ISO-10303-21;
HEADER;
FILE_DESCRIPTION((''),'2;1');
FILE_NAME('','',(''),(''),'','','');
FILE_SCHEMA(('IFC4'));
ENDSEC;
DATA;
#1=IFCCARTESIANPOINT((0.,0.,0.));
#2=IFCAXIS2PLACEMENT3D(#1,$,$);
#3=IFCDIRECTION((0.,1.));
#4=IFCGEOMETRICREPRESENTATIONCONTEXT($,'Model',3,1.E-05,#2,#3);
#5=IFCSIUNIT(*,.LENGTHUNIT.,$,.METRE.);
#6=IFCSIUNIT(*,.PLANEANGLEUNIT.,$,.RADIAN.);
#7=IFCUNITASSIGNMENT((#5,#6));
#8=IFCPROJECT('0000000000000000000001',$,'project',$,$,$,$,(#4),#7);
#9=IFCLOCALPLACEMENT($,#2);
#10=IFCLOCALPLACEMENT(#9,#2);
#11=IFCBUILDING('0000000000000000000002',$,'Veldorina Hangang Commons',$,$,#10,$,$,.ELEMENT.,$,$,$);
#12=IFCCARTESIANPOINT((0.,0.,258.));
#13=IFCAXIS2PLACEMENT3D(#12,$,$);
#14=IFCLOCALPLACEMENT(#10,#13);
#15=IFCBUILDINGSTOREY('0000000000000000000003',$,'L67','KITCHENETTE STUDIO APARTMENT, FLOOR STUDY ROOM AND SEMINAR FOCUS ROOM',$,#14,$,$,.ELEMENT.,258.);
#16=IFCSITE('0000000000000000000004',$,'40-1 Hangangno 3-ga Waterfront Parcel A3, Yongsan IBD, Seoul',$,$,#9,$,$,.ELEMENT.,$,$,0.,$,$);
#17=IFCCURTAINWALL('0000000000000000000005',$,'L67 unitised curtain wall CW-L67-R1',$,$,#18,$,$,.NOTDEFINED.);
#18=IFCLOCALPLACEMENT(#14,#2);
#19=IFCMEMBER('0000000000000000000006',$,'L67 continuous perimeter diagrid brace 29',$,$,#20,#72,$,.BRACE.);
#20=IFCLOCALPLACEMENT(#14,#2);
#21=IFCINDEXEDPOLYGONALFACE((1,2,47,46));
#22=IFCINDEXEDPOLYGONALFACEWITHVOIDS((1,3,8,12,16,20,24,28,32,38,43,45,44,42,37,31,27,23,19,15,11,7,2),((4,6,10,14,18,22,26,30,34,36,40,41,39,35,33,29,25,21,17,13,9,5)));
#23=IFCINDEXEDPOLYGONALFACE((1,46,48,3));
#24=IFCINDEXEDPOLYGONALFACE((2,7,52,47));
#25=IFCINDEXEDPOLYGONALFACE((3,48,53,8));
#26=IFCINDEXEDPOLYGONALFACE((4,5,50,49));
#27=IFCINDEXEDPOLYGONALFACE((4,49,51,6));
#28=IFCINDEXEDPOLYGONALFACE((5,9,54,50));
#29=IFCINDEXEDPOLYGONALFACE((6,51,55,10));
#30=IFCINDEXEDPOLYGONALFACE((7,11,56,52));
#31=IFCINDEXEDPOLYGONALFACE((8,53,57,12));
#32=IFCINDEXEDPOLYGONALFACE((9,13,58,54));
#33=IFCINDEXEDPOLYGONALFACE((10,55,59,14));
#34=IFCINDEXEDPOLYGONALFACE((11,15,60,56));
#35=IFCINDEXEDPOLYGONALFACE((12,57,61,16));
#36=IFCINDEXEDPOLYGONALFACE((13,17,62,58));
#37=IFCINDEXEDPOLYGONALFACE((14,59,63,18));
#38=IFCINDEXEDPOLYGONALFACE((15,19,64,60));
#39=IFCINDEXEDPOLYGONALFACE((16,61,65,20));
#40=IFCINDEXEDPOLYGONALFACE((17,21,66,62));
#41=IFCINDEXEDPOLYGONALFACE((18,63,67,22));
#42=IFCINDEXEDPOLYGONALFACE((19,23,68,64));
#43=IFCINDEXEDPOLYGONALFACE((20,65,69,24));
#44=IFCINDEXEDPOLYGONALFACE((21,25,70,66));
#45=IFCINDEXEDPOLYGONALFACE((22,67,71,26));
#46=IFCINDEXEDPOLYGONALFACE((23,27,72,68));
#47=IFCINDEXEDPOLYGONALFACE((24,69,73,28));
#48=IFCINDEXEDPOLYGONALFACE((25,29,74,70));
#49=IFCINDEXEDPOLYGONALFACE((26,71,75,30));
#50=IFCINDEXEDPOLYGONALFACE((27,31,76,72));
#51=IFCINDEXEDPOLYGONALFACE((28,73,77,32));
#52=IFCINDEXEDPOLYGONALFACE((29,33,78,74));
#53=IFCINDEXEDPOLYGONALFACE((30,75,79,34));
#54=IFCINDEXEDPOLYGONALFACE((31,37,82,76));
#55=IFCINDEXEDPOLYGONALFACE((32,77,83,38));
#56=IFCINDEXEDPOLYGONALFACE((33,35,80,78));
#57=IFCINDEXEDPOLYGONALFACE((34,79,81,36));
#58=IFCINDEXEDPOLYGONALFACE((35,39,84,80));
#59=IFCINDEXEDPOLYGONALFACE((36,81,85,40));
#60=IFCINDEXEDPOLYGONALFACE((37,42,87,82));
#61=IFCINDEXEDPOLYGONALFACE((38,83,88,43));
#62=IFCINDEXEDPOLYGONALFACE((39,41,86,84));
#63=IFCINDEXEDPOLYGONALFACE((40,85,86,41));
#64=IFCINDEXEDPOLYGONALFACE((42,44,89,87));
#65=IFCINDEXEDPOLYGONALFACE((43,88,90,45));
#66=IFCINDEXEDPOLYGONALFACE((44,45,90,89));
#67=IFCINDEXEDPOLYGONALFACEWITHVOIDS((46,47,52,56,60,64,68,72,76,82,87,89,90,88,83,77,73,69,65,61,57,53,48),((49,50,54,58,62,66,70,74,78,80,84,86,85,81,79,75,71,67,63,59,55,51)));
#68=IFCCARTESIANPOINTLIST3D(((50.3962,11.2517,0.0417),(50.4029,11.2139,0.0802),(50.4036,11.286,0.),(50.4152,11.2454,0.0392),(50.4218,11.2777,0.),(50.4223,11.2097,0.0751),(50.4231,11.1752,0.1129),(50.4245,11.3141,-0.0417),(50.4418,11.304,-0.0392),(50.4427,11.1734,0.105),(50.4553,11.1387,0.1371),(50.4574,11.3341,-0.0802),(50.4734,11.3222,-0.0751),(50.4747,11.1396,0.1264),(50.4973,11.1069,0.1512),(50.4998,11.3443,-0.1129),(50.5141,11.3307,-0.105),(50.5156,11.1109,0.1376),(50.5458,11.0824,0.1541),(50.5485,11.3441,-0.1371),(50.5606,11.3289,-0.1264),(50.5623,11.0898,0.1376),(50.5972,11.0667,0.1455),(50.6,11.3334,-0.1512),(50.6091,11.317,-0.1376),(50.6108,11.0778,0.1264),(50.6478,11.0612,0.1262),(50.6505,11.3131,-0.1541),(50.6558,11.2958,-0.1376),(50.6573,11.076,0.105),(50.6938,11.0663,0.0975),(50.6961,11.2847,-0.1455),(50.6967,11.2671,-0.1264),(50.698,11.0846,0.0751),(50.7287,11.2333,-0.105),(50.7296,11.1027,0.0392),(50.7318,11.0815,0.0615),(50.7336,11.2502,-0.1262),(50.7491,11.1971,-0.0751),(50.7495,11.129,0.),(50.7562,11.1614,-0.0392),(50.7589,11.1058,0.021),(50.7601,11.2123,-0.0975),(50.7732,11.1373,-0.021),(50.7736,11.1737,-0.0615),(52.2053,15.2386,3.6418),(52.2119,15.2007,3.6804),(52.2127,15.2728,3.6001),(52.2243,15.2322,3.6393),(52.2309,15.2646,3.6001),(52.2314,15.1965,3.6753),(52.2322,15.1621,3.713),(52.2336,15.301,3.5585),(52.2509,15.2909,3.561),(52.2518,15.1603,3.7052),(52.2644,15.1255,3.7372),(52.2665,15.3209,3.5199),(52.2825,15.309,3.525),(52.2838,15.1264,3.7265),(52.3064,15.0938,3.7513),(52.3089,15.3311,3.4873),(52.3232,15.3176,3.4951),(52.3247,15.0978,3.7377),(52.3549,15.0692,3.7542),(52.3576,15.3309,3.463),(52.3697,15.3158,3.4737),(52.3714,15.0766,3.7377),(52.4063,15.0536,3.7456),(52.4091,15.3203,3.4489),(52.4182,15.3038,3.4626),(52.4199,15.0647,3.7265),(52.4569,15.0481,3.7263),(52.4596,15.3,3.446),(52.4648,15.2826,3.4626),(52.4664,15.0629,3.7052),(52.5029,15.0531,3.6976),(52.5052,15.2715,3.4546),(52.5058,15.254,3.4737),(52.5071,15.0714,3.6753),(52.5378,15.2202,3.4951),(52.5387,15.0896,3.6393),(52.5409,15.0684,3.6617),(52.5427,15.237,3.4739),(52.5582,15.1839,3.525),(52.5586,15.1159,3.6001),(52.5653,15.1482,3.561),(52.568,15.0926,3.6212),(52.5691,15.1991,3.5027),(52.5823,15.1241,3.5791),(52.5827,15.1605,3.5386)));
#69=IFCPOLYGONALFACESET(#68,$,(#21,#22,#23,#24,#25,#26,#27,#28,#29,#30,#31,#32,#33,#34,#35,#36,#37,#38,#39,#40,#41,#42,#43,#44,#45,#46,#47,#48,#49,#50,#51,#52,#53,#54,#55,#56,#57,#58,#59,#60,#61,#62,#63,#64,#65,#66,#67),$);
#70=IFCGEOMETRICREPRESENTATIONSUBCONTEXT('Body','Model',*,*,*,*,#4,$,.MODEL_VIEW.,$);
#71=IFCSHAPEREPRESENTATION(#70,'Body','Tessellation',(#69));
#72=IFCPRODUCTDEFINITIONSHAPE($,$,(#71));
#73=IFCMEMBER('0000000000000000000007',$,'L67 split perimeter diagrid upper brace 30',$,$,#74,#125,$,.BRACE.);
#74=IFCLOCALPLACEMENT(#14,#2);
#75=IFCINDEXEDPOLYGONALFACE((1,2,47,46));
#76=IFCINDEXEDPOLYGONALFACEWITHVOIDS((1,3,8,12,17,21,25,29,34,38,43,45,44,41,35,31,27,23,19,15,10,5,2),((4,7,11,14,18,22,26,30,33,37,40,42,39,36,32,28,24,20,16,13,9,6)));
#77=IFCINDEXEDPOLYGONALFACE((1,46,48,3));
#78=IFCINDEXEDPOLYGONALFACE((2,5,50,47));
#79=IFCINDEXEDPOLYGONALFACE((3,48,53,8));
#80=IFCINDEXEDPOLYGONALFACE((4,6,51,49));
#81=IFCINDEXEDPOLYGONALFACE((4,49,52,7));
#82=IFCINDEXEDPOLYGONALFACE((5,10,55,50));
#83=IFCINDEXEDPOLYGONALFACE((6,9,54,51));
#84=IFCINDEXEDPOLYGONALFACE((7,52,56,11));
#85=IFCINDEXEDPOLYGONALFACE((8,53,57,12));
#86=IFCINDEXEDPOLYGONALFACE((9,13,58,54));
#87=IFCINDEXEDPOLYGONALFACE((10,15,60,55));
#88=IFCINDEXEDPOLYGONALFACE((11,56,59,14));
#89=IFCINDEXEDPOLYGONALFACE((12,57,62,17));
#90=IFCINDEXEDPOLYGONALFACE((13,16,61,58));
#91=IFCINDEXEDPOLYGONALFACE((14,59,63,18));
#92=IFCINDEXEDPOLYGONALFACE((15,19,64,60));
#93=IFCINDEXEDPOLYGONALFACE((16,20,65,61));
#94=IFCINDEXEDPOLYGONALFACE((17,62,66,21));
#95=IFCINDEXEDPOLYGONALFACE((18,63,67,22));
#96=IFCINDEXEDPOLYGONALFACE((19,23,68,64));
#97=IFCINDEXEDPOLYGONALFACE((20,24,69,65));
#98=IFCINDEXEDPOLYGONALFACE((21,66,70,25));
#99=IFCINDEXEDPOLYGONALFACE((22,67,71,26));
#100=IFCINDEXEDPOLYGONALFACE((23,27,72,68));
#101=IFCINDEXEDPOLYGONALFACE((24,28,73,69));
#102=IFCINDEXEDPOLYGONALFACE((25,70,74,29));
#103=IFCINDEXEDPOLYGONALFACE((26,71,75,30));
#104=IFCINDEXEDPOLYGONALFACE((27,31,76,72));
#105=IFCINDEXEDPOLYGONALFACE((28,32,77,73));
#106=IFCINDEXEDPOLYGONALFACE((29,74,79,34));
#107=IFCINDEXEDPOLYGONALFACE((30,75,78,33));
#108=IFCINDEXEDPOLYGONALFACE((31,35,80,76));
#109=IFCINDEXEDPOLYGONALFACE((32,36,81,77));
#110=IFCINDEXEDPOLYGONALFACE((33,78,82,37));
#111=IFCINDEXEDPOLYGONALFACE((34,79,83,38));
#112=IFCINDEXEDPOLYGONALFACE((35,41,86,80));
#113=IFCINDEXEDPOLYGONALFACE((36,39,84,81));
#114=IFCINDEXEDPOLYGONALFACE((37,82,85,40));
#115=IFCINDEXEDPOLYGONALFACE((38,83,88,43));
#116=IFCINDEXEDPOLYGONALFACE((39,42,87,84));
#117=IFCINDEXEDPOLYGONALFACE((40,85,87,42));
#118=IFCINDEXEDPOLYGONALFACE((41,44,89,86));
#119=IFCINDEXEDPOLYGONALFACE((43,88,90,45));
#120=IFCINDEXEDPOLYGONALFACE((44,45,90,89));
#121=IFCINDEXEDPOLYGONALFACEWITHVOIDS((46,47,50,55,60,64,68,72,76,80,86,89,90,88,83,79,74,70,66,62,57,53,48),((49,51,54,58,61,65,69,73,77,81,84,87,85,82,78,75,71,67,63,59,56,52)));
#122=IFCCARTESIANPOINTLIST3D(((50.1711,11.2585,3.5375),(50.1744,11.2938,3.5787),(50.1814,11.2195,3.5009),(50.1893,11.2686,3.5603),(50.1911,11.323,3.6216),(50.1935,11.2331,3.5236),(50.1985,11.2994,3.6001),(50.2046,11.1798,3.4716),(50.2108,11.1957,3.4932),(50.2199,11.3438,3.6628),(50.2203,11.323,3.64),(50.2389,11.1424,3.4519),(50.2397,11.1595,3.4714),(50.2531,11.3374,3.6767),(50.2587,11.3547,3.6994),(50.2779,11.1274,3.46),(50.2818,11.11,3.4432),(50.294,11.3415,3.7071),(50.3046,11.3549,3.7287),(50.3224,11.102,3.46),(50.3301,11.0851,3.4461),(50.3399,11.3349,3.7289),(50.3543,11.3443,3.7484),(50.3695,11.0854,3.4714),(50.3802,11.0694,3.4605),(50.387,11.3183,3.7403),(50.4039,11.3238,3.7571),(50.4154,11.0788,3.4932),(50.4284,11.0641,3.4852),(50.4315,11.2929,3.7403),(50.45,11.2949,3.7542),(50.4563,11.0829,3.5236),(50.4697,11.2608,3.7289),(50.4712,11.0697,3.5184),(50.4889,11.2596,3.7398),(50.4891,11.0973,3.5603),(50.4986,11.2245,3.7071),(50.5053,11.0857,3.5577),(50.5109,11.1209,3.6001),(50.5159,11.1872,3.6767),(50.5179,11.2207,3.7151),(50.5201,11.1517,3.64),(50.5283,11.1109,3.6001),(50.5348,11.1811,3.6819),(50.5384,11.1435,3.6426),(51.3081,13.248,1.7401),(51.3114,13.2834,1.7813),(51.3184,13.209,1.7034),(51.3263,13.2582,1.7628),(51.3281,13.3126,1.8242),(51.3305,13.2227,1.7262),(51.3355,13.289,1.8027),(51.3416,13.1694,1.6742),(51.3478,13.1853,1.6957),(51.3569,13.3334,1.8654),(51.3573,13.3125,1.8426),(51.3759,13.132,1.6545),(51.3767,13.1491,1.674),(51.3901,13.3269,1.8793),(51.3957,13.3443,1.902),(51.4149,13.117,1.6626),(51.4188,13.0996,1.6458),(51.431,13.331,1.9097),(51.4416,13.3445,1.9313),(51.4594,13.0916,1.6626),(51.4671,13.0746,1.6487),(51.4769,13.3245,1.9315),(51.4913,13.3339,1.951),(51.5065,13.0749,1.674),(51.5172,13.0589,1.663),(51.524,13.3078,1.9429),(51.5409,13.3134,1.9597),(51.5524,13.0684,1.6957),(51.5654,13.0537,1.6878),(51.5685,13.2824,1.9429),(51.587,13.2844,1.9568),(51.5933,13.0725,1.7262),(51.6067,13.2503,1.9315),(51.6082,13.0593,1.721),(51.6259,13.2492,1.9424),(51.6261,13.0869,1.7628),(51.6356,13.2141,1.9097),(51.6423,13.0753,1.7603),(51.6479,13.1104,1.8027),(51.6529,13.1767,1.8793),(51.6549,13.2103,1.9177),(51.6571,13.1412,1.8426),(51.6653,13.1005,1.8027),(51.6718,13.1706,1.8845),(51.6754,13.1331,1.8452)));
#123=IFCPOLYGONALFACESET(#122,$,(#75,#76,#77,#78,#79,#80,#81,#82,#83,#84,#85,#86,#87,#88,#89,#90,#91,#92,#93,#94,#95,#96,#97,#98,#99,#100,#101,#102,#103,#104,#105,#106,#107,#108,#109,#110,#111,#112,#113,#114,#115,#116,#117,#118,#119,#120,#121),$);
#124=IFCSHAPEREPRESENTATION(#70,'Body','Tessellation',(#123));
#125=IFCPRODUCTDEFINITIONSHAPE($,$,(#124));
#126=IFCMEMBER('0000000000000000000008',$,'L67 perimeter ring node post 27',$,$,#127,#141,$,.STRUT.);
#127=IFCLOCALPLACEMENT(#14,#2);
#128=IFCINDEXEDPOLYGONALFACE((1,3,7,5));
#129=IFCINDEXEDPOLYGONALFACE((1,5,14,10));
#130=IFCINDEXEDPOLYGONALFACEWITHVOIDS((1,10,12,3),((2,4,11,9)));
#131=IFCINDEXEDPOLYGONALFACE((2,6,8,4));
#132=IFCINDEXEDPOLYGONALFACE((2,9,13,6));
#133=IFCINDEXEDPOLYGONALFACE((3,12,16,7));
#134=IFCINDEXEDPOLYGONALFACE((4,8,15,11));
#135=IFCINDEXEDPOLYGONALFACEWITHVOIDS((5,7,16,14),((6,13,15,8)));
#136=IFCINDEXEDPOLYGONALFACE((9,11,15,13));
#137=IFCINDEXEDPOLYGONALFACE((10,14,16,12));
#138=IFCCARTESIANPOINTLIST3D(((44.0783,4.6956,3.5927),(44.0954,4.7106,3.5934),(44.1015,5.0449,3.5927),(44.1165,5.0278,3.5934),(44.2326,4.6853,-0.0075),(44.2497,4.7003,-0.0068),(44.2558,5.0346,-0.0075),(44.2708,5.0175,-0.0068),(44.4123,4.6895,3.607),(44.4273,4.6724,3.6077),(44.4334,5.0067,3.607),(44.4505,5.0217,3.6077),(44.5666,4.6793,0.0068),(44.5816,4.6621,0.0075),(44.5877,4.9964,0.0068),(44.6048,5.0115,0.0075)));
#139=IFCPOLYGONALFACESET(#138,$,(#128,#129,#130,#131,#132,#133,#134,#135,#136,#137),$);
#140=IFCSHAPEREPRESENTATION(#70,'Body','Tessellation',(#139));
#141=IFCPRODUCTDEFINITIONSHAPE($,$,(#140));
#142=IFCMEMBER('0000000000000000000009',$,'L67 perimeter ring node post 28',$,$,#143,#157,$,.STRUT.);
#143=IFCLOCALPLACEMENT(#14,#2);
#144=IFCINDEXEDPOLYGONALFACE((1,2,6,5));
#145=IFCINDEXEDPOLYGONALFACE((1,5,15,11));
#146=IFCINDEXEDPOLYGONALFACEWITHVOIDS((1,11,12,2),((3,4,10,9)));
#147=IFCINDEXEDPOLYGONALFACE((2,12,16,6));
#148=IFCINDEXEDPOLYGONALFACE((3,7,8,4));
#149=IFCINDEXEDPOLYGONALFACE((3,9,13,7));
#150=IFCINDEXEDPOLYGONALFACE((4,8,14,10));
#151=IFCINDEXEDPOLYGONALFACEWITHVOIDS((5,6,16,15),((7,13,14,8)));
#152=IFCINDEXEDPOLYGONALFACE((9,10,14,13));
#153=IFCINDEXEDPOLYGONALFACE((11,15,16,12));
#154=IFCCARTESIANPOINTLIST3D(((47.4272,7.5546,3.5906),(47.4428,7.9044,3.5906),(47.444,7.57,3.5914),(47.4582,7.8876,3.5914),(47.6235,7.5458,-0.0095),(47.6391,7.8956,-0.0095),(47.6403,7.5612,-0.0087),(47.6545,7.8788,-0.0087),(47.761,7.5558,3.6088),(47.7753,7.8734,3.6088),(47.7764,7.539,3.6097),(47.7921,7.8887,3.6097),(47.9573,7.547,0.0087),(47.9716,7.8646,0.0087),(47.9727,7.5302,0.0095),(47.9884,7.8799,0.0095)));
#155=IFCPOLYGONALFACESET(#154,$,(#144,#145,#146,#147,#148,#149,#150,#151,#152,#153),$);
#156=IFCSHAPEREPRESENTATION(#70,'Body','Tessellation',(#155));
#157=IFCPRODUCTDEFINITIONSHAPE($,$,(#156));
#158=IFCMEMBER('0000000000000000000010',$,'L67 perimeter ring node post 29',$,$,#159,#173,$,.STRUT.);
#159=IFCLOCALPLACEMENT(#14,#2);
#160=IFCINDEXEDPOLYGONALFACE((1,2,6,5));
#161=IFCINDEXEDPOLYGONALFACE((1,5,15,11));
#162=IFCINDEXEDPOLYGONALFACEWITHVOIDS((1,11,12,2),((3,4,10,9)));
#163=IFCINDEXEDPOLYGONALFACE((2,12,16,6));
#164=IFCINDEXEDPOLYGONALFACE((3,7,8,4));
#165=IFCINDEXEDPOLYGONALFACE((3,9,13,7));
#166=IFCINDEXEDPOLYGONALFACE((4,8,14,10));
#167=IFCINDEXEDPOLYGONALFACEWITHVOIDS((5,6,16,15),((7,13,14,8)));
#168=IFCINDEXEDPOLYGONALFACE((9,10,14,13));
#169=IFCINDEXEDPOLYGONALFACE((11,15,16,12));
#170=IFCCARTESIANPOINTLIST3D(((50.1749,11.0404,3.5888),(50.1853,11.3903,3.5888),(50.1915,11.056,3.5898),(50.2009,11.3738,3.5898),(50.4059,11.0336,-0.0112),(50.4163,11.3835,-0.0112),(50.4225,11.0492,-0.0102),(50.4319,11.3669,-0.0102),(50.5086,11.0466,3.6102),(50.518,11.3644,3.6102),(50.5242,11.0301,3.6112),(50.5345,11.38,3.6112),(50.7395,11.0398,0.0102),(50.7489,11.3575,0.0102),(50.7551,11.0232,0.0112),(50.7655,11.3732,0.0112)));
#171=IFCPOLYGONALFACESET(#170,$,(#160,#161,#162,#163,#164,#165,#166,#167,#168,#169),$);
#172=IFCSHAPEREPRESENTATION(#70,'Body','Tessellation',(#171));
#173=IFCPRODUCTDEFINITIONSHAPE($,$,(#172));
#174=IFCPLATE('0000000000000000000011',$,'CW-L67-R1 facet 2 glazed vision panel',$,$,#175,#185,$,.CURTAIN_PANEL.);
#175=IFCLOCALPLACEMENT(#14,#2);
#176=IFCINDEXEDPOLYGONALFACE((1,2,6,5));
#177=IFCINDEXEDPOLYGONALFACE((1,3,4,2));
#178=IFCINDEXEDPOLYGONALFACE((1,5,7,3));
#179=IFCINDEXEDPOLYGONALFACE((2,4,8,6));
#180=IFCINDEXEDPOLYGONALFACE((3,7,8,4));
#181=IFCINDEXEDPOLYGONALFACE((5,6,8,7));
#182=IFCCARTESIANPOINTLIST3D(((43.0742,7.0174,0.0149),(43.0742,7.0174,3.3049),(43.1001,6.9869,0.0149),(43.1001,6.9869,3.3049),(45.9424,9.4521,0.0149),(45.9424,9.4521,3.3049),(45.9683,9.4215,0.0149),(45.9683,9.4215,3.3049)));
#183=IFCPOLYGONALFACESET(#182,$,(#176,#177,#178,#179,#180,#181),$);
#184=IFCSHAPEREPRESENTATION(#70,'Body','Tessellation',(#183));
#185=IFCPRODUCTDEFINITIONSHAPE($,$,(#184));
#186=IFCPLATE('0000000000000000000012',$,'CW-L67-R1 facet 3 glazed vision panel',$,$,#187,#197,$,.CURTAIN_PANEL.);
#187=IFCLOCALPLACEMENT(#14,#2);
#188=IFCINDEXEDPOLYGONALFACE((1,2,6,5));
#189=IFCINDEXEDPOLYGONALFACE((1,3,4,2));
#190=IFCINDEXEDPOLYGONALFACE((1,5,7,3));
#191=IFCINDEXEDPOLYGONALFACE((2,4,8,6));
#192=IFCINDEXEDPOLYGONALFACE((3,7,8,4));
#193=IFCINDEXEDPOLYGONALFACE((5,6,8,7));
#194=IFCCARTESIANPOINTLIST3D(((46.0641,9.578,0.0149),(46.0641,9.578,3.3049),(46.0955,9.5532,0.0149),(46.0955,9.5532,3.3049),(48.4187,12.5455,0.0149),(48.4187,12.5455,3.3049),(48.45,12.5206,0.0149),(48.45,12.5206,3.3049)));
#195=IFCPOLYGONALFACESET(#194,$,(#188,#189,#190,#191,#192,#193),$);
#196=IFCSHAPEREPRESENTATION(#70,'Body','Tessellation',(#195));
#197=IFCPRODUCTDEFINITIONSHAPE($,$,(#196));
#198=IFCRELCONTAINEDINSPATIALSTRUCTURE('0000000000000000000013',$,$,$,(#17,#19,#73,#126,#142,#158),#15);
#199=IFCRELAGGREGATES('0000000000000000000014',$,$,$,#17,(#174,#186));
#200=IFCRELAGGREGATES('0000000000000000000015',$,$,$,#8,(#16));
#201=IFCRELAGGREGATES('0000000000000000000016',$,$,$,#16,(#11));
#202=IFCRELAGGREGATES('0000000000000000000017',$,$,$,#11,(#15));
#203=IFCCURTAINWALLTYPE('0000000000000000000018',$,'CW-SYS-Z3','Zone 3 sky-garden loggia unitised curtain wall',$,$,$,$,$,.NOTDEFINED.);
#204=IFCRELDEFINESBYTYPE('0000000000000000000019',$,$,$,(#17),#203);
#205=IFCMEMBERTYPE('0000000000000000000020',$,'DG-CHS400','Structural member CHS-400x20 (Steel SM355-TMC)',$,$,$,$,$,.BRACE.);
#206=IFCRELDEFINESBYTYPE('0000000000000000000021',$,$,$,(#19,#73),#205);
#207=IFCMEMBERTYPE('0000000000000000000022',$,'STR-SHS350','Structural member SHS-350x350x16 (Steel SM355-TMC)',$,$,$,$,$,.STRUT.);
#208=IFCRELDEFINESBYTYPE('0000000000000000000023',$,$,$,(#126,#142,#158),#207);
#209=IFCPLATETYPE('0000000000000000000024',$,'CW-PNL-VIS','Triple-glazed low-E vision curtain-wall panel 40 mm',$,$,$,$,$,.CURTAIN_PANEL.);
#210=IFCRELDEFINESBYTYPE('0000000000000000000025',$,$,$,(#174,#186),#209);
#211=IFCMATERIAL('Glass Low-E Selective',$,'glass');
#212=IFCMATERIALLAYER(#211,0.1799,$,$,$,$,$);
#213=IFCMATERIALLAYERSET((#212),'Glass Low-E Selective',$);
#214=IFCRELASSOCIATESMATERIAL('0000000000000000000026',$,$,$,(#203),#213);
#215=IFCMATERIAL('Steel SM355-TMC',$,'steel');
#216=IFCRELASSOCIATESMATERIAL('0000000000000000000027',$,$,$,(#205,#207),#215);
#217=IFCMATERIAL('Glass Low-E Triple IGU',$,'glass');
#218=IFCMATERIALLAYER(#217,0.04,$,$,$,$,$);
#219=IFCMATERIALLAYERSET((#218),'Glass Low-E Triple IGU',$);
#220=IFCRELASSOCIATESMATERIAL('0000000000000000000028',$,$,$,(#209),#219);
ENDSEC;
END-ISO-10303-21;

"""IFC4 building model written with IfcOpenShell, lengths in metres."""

from ifc_helpers import new_model, si_unit, direction, frame, origin, origin_2d, place, context, subcontext, project, spatial, rectangle, hollow_rectangle, hollow_circle, extrude, material, layer, layer_set, material_profile, profile_set, type_object, element, aggregate, save


model = new_model("IFC4")

# Units and contexts
model_context = context("Model", 3, precision=1e-05, world=origin(), true_north=direction((0.0, 1.0)))
body_context = subcontext(model_context, "Body", "Model", "MODEL_VIEW")
ifc_project = project(units=[si_unit("LENGTHUNIT", "METRE"), si_unit("PLANEANGLEUNIT", "RADIAN")], contexts=[model_context])

# Site, building, storey
site_placement = place(None, origin())
site = spatial("IfcSite", under=ifc_project, at=site_placement, Name="40-1 Hangangno 3-ga Waterfront Parcel A3, Yongsan IBD, Seoul", CompositionType="ELEMENT", RefElevation=0.0)
building_placement = place(site_placement, origin())
building = spatial("IfcBuilding", under=site, at=building_placement, Name="Veldorina Hangang Commons", CompositionType="ELEMENT")
storey_placement = place(building_placement, frame((0.0, 0.0, 258.0)))
storey = spatial("IfcBuildingStorey", under=building, at=storey_placement, Name="L67", Description="KITCHENETTE STUDIO APARTMENT, FLOOR STUDY ROOM AND SEMINAR FOCUS ROOM", CompositionType="ELEMENT", Elevation=258.0)

# Shared definitions
ifc_material_1 = material(Name="Steel SM355-TMC", Category="steel")

# Curtain wall
ifc_material_2 = material(Name="Glass Low-E Selective", Category="glass")
ifc_layer_1 = layer(ifc_material_2, 0.1799)
ifc_layer_set_1 = layer_set([ifc_layer_1], Name="Glass Low-E Selective")
curtain_wall_type = type_object("IfcCurtainWallType", Name="CW-SYS-Z3", Description="Zone 3 sky-garden loggia unitised curtain wall", PredefinedType="NOTDEFINED", material=ifc_layer_set_1)
curtain_wall_placement = place(storey_placement, origin())
curtain_wall = element("IfcCurtainWall", 1, at=curtain_wall_placement, inside=storey, type_object=curtain_wall_type, Name="L67 unitised curtain wall CW-L67-R1", PredefinedType="NOTDEFINED")

# Members
ifc_material_profile_1 = material_profile(ifc_material_1, hollow_circle(Radius=0.2, WallThickness=0.02, at=origin_2d()), Name="CHS-400x20")
ifc_profile_set_1 = profile_set([ifc_material_profile_1], Name="Steel SM355-TMC")
member_type_1 = type_object("IfcMemberType", Name="DG-CHS400", Description="Structural member CHS-400x20 (Steel SM355-TMC)", PredefinedType="BRACE", material=ifc_profile_set_1)
member_1_placement = place(storey_placement, frame((50.5857, 11.2034, 0.0), z_axis=(0.319165, 0.703369, 0.635143), x_axis=(-0.910634, 0.413215, 0.0)))
element("IfcMember", 2, at=member_1_placement, inside=storey, type_object=member_type_1, Name="L67 continuous perimeter diagrid brace 29", PredefinedType="BRACE", context=body_context, shape_type="SweptSolid", body=[
    extrude(hollow_circle(Radius=0.2, WallThickness=0.02, at=origin_2d()), origin(), (0.0, 0.0, 1.0), 5.6682),
])
member_2_placement = place(storey_placement, frame((51.4917, 13.1997, 1.8027), z_axis=(-0.390404, -0.683145, 0.617169), x_axis=(0.868223, -0.496173, 0.0)))
element("IfcMember", 3, at=member_2_placement, inside=storey, type_object=member_type_1, Name="L67 split perimeter diagrid upper brace 30", PredefinedType="BRACE", context=body_context, shape_type="SweptSolid", body=[
    extrude(hollow_circle(Radius=0.2, WallThickness=0.02, at=origin_2d()), origin(), (0.0, 0.0, 1.0), 2.9124),
])
ifc_material_profile_2 = material_profile(ifc_material_1, hollow_rectangle(XDim=0.3501, YDim=0.3501, WallThickness=0.0161, at=origin_2d()), Name="SHS-350x350x16")
ifc_profile_set_2 = profile_set([ifc_material_profile_2], Name="Steel SM355-TMC")
member_type_2 = type_object("IfcMemberType", Name="STR-SHS350", Description="Structural member SHS-350x350x16 (Steel SM355-TMC)", PredefinedType="STRUT", material=ifc_profile_set_2)
member_3_placement = place(storey_placement, frame((44.4187, 4.8484, 0.0), z_axis=(-0.04282, 0.002846, 0.999079), x_axis=(-0.066309, -0.997799, 0.0)))
element("IfcMember", 4, at=member_3_placement, inside=storey, type_object=member_type_2, Name="L67 perimeter ring node post 27", PredefinedType="STRUT", context=body_context, shape_type="SweptSolid", body=[
    extrude(hollow_rectangle(XDim=0.3501, YDim=0.3501, WallThickness=0.0161, at=origin_2d()), origin(), (0.0, 0.0, 1.0), 3.6035),
])
member_4_placement = place(storey_placement, frame((47.8059, 7.7129, 0.0), z_axis=(-0.054442, 0.002438, 0.998514), x_axis=(-0.044731, -0.998999, 0.0)))
element("IfcMember", 5, at=member_4_placement, inside=storey, type_object=member_type_2, Name="L67 perimeter ring node post 28", PredefinedType="STRUT", context=body_context, shape_type="SweptSolid", body=[
    extrude(hollow_rectangle(XDim=0.3501, YDim=0.3501, WallThickness=0.0161, at=origin_2d()), origin(), (0.0, 0.0, 1.0), 3.6055),
])
member_5_placement = place(storey_placement, frame((50.5857, 11.2034, 0.0), z_axis=(-0.064021, 0.001895, 0.997947), x_axis=(-0.029585, -0.999562, 0.0)))
element("IfcMember", 6, at=member_5_placement, inside=storey, type_object=member_type_2, Name="L67 perimeter ring node post 29", PredefinedType="STRUT", context=body_context, shape_type="SweptSolid", body=[
    extrude(hollow_rectangle(XDim=0.3501, YDim=0.3501, WallThickness=0.0161, at=origin_2d()), origin(), (0.0, 0.0, 1.0), 3.6074),
])

# Plates
ifc_material_3 = material(Name="Glass Low-E Triple IGU", Category="glass")
ifc_layer_2 = layer(ifc_material_3, 0.04)
ifc_layer_set_2 = layer_set([ifc_layer_2], Name="Glass Low-E Triple IGU")
plate_type_1 = type_object("IfcPlateType", Name="CW-PNL-VIS", Description="Triple-glazed low-E vision curtain-wall panel 40 mm", PredefinedType="CURTAIN_PANEL", material=ifc_layer_set_2)
plate_1_placement = place(storey_placement, frame((44.5212, 8.2195, 0.0149), z_axis=(0.0, 0.0, 1.0), x_axis=(0.762375, 0.647136, 0.0)))
plate_1 = element("IfcPlate", 7, at=plate_1_placement, type_object=plate_type_1, Name="CW-L67-R1 facet 2 glazed vision panel", PredefinedType="CURTAIN_PANEL", context=body_context, shape_type="SweptSolid", body=[
    extrude(rectangle(XDim=3.7622, YDim=0.04, at=origin_2d()), origin(), (0.0, 0.0, 1.0), 3.29),
])
plate_2_placement = place(storey_placement, frame((47.2571, 11.0493, 0.0149), z_axis=(0.0, 0.0, 1.0), x_axis=(0.621572, 0.783357, 0.0)))
plate_2 = element("IfcPlate", 8, at=plate_2_placement, type_object=plate_type_1, Name="CW-L67-R1 facet 3 glazed vision panel", PredefinedType="CURTAIN_PANEL", context=body_context, shape_type="SweptSolid", body=[
    extrude(rectangle(XDim=3.7881, YDim=0.04, at=origin_2d()), origin(), (0.0, 0.0, 1.0), 3.29),
])
aggregate(curtain_wall, [plate_1, plate_2])

save(model, "model.ifc")
